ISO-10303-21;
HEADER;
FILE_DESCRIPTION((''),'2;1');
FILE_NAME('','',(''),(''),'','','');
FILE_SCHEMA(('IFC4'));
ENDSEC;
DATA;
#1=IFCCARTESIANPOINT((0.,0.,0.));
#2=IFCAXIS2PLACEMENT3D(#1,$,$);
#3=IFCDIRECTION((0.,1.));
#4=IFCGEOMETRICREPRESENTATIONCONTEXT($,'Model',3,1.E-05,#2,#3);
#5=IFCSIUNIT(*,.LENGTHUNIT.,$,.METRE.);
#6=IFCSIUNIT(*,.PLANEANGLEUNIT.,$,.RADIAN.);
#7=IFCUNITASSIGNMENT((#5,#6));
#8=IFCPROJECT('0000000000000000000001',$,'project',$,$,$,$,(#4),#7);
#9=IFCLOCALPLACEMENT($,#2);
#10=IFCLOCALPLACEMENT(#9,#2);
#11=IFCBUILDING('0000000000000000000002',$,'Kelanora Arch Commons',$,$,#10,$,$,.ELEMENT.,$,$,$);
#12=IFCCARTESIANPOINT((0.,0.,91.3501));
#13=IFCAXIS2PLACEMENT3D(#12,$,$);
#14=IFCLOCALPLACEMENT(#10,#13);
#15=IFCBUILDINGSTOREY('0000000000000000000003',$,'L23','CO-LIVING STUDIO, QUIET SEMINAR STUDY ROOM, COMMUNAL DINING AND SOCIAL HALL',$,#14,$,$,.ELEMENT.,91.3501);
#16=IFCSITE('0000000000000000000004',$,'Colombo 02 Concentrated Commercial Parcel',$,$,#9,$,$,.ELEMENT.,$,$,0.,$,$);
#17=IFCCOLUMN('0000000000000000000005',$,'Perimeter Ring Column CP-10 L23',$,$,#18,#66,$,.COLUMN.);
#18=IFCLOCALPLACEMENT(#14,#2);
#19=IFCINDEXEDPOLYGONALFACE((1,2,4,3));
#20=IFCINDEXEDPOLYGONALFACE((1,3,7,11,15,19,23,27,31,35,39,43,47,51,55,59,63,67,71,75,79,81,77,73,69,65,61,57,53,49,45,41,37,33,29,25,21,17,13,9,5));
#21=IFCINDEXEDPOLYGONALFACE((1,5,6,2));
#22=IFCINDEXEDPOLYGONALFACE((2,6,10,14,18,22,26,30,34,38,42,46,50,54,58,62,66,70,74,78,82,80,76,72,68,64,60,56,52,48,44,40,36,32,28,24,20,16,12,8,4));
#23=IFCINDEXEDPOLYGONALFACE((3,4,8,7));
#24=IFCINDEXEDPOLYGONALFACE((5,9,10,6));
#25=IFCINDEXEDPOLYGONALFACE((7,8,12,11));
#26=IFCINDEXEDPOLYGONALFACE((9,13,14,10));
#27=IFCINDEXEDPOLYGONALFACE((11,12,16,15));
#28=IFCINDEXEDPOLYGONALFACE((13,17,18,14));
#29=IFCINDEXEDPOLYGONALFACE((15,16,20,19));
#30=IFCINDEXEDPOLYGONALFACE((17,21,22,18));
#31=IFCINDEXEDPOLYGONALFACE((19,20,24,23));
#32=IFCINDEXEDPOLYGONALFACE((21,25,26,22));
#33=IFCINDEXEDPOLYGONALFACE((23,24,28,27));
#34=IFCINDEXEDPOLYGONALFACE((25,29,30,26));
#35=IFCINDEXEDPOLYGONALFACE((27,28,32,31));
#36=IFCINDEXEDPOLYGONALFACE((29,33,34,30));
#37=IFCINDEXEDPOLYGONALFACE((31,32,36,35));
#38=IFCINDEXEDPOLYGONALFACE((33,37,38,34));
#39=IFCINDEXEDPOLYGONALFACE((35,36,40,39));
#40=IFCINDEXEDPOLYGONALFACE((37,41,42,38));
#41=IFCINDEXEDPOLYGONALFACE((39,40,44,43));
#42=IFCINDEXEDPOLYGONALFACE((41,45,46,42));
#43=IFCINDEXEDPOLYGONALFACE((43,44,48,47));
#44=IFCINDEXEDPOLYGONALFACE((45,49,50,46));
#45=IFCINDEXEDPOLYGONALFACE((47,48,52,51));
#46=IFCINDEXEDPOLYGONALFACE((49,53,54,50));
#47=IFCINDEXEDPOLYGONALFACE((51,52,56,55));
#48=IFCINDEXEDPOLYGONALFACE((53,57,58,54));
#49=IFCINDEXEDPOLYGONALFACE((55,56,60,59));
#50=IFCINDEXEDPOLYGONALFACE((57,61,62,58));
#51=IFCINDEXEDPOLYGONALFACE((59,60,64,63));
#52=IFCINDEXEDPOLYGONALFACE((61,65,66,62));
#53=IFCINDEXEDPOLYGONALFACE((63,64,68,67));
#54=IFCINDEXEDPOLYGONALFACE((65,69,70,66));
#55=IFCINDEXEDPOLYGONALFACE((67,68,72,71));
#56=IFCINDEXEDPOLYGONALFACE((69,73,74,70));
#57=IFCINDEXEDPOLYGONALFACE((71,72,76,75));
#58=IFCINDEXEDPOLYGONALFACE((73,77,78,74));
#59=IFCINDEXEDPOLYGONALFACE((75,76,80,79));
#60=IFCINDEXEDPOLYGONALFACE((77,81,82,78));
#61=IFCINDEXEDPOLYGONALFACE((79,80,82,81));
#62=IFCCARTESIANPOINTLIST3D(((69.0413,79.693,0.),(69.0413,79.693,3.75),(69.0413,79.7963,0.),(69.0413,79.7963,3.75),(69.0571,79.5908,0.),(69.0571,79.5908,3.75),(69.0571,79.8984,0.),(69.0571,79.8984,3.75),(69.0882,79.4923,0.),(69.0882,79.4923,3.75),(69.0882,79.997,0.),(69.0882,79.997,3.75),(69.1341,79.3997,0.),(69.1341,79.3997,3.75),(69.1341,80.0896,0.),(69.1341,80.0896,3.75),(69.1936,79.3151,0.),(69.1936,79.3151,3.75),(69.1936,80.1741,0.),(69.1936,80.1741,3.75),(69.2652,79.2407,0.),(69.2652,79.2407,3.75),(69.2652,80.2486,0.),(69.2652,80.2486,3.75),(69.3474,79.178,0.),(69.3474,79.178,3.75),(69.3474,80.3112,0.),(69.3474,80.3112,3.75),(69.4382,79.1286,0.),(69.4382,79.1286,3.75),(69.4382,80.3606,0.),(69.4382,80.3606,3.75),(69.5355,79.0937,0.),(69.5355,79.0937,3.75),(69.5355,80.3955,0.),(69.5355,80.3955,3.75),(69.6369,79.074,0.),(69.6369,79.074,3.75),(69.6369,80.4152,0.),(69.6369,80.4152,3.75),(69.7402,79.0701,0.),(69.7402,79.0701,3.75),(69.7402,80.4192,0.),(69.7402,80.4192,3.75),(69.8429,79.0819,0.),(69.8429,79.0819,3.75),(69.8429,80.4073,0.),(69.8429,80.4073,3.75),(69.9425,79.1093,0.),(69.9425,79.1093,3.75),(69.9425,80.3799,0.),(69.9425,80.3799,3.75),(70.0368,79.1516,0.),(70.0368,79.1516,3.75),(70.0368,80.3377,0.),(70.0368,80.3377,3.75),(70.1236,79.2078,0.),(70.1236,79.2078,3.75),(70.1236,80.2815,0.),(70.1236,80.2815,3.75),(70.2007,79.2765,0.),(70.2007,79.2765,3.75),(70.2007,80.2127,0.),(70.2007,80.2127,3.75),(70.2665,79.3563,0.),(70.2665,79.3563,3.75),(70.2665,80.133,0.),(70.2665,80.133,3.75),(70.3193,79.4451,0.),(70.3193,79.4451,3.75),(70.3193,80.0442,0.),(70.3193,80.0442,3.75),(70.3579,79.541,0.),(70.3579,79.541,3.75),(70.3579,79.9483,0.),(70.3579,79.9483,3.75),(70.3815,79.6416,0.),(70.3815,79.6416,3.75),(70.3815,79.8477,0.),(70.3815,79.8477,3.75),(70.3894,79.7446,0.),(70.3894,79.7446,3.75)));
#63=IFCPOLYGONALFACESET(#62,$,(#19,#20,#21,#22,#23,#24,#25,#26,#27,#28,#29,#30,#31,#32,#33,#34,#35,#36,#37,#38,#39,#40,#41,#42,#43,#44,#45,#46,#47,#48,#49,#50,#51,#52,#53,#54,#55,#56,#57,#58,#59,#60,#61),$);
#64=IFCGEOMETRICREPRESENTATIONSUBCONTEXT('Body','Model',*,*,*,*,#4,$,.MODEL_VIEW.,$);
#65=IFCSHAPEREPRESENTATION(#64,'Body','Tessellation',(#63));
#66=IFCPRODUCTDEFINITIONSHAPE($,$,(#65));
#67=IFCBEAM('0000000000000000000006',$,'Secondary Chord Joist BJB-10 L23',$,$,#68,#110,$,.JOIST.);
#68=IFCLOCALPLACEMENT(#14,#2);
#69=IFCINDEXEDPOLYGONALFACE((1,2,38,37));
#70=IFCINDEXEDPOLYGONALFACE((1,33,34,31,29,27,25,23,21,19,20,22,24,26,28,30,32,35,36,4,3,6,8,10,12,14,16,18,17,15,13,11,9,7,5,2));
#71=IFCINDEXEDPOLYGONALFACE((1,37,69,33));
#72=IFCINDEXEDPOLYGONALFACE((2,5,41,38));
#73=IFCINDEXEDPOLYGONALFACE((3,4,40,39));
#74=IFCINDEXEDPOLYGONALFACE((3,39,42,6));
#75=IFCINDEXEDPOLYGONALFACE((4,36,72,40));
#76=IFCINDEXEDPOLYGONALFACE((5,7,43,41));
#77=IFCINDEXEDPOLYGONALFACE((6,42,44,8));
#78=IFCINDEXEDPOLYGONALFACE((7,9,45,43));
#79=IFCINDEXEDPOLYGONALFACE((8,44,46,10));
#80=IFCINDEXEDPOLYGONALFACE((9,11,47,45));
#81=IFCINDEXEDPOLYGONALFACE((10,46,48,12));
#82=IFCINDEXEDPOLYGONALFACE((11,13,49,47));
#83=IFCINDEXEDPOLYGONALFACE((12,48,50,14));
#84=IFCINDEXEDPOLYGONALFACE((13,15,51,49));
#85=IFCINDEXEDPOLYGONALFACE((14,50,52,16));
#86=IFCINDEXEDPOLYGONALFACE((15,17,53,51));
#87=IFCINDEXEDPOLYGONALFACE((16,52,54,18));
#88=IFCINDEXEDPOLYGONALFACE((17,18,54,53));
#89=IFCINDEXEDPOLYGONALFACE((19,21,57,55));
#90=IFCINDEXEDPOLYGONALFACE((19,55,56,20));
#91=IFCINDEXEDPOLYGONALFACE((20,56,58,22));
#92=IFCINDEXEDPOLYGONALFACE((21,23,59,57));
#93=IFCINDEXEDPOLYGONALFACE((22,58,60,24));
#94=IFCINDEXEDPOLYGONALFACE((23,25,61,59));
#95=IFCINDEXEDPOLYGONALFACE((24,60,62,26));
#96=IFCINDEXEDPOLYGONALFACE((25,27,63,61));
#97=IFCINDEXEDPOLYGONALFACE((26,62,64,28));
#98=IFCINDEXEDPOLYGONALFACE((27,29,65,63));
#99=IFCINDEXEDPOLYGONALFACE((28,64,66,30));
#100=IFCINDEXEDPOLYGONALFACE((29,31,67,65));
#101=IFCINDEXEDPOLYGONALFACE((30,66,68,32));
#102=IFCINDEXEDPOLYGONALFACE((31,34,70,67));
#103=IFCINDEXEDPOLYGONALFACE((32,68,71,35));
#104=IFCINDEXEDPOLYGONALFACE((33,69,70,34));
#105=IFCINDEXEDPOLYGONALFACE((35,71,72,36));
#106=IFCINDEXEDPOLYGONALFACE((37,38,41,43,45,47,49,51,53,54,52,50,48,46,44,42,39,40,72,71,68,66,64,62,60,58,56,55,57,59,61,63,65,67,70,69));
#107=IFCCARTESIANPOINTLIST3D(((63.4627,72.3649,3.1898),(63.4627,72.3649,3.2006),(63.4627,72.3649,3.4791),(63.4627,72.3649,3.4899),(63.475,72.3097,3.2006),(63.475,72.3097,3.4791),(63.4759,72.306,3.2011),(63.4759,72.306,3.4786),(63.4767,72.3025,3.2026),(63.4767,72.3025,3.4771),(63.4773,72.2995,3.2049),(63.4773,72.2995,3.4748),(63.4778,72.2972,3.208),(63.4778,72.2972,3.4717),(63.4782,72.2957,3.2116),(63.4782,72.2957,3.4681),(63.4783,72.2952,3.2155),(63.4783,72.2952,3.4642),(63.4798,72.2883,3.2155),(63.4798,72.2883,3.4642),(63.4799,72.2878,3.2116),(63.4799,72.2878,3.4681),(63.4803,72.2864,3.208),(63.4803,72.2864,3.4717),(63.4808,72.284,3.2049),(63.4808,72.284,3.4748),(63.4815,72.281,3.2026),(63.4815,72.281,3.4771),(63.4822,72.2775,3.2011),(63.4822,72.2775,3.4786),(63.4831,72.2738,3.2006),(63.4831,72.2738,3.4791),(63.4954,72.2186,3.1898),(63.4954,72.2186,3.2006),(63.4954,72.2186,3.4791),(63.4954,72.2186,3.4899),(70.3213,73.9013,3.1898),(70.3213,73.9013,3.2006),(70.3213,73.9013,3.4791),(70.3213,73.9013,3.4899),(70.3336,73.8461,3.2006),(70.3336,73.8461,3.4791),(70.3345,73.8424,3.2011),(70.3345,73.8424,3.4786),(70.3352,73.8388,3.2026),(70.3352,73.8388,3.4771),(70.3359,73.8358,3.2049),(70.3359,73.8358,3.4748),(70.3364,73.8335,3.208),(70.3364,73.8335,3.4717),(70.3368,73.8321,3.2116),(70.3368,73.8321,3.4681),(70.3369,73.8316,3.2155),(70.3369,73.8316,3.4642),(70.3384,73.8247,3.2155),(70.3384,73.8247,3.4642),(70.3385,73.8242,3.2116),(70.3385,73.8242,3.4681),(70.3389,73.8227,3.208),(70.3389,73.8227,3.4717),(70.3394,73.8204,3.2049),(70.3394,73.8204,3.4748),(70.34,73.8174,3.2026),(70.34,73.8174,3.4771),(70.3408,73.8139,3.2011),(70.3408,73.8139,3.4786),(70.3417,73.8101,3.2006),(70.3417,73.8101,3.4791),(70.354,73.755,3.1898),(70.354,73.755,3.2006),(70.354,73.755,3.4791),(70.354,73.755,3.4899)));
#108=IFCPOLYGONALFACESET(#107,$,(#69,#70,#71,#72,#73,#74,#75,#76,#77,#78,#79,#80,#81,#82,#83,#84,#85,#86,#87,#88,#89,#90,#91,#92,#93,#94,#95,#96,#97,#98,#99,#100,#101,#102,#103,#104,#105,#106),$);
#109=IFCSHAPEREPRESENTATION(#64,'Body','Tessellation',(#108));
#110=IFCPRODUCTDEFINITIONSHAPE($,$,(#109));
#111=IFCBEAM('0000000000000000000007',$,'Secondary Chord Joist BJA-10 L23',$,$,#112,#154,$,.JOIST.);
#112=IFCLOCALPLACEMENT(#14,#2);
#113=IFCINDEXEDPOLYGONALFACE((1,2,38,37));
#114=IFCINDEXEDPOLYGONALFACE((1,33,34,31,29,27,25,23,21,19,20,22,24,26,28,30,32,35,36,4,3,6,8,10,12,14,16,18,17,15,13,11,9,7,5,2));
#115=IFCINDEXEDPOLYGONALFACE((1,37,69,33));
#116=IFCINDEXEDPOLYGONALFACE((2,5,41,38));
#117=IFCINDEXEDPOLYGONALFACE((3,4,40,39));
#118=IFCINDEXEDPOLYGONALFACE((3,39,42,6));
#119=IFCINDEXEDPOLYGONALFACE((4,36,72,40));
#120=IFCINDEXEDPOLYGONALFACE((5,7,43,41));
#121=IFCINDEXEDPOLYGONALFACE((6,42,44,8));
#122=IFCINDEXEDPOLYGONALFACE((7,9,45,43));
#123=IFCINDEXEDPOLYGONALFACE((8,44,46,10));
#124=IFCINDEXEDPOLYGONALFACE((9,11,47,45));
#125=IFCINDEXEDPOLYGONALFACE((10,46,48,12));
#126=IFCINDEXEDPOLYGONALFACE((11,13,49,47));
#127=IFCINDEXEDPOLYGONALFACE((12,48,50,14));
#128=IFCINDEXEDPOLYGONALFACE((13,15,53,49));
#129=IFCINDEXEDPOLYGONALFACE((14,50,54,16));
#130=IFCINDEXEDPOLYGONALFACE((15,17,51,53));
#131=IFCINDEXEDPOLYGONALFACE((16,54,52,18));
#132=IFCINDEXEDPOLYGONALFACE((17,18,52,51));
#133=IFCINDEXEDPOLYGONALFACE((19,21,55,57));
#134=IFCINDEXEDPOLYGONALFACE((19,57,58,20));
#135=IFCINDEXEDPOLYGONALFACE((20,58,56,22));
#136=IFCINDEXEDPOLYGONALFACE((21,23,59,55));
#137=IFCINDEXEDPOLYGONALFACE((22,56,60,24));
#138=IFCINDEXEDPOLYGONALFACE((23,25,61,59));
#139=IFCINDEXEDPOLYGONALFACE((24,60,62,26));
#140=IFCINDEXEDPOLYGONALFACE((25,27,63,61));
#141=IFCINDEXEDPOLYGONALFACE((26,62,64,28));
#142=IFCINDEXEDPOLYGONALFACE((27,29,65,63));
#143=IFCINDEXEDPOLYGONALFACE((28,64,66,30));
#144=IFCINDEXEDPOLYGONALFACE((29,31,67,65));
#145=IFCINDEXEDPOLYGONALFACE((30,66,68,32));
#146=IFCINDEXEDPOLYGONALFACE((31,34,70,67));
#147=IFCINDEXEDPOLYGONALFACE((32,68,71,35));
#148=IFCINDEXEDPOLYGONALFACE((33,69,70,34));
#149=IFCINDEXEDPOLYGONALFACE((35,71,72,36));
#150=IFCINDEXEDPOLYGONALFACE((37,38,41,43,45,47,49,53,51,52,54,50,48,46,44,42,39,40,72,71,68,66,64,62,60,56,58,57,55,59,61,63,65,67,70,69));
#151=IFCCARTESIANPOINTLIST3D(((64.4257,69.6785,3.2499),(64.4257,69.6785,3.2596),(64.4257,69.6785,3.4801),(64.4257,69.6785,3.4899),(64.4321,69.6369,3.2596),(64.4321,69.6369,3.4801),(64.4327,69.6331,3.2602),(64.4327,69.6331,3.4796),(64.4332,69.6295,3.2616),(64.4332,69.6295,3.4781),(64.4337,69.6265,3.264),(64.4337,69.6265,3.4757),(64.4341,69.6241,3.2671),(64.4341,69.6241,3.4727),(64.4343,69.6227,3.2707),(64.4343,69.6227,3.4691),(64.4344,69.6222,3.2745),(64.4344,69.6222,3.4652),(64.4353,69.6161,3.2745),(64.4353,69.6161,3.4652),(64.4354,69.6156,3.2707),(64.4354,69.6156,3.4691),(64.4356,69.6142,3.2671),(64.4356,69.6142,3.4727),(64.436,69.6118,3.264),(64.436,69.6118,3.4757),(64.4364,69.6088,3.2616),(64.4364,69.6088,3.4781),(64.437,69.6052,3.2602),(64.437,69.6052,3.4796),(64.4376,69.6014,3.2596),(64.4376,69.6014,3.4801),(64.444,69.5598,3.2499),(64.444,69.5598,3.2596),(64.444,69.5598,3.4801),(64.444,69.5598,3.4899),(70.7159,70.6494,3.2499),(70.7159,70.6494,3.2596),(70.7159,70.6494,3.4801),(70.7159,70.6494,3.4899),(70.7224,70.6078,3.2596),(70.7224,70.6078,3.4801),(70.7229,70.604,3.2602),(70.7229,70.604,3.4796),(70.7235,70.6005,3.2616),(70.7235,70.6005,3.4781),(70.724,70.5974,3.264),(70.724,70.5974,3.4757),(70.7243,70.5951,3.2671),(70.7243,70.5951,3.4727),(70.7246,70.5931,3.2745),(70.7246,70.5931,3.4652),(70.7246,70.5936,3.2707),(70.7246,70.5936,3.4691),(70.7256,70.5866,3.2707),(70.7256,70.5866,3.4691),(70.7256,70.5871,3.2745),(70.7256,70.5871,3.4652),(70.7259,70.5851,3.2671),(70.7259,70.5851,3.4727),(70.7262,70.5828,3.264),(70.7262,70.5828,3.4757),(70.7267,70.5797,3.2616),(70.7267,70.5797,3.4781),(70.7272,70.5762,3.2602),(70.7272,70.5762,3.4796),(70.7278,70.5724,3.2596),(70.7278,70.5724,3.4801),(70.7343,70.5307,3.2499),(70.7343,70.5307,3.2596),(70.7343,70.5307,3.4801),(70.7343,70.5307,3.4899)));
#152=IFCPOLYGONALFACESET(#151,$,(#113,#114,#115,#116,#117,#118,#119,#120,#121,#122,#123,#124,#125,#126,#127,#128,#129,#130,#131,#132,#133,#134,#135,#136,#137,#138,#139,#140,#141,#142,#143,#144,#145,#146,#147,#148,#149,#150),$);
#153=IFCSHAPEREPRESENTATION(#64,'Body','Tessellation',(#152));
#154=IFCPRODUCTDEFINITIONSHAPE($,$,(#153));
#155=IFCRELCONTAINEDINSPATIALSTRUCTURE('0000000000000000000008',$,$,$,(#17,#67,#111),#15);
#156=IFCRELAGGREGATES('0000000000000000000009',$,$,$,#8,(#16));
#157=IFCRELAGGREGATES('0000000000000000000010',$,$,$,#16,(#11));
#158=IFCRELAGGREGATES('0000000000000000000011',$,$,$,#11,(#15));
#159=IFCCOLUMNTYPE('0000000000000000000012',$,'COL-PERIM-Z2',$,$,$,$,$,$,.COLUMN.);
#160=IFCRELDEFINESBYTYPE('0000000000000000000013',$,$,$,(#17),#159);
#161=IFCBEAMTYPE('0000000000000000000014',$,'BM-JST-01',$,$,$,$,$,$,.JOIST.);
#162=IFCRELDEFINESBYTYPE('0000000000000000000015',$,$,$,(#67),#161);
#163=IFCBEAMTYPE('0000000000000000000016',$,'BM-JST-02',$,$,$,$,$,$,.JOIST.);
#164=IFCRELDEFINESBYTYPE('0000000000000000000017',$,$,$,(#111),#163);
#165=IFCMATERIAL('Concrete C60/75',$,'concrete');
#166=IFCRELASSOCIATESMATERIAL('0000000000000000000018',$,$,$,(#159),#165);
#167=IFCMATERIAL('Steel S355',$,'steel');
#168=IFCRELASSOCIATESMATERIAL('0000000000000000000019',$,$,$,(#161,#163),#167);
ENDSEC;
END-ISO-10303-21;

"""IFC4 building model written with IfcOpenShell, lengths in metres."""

from ifc_helpers import new_model, si_unit, direction, frame, origin, origin_2d, place, context, subcontext, project, spatial, circle, i_section, extrude, material, material_profile, profile_set, type_object, element, save


model = new_model("IFC4")

# Units and contexts
model_context = context("Model", 3, precision=1e-05, world=origin(), true_north=direction((0.0, 1.0)))
body_context = subcontext(model_context, "Body", "Model", "MODEL_VIEW")
ifc_project = project(units=[si_unit("LENGTHUNIT", "METRE"), si_unit("PLANEANGLEUNIT", "RADIAN")], contexts=[model_context])

# Site, building, storey
site_placement = place(None, origin())
site = spatial("IfcSite", under=ifc_project, at=site_placement, Name="Colombo 02 Concentrated Commercial Parcel", CompositionType="ELEMENT", RefElevation=0.0)
building_placement = place(site_placement, origin())
building = spatial("IfcBuilding", under=site, at=building_placement, Name="Kelanora Arch Commons", CompositionType="ELEMENT")
storey_placement = place(building_placement, frame((0.0, 0.0, 91.3501)))
storey = spatial("IfcBuildingStorey", under=building, at=storey_placement, Name="L23", Description="CO-LIVING STUDIO, QUIET SEMINAR STUDY ROOM, COMMUNAL DINING AND SOCIAL HALL", CompositionType="ELEMENT", Elevation=91.3501)

# Column
ifc_material_1 = material(Name="Concrete C60/75", Category="concrete")
ifc_material_profile_1 = material_profile(ifc_material_1, circle(Radius=0.675, at=origin_2d()), Name="RCC1350")
ifc_profile_set_1 = profile_set([ifc_material_profile_1], Name="Concrete C60/75")
column_type = type_object("IfcColumnType", Name="COL-PERIM-Z2", PredefinedType="COLUMN", material=ifc_profile_set_1)
column_placement = place(storey_placement, frame((69.7144, 79.7446, 0.0), z_axis=(0.0, 0.0, 1.0), x_axis=(1.0, 0.0, 0.0)))
element("IfcColumn", 1, at=column_placement, inside=storey, type_object=column_type, Name="Perimeter Ring Column CP-10 L23", PredefinedType="COLUMN", context=body_context, shape_type="SweptSolid", body=[
    extrude(circle(Radius=0.675, at=origin_2d()), origin(), (0.0, 0.0, 1.0), 3.75),
])

# Beams
ifc_material_2 = material(Name="Steel S355", Category="steel")
ifc_material_profile_2 = material_profile(ifc_material_2, i_section(OverallWidth=0.1499, OverallDepth=0.3, WebThickness=0.0071, FlangeThickness=0.0107, FilletRadius=0.0149, at=origin_2d()), Name="IPE300")
ifc_profile_set_2 = profile_set([ifc_material_profile_2], Name="Steel S355")
beam_type_1 = type_object("IfcBeamType", Name="BM-JST-01", PredefinedType="JOIST", material=ifc_profile_set_2)
beam_1_placement = place(storey_placement, frame((70.3376, 73.8281, 3.3398), z_axis=(-0.975817, -0.218589, 0.0), x_axis=(0.218589, -0.975817, 0.0)))
element("IfcBeam", 2, at=beam_1_placement, inside=storey, type_object=beam_type_1, Name="Secondary Chord Joist BJB-10 L23", PredefinedType="JOIST", context=body_context, shape_type="SweptSolid", body=[
    extrude(i_section(OverallWidth=0.1499, OverallDepth=0.3, WebThickness=0.0071, FlangeThickness=0.0107, FilletRadius=0.0149, at=origin_2d()), origin(), (0.0, 0.0, 1.0), 7.0286),
])
ifc_material_profile_3 = material_profile(ifc_material_2, i_section(OverallWidth=0.1201, OverallDepth=0.24, WebThickness=0.0061, FlangeThickness=0.0098, FilletRadius=0.0149, at=origin_2d()), Name="IPE240")
ifc_profile_set_3 = profile_set([ifc_material_profile_3], Name="Steel S355")
beam_type_2 = type_object("IfcBeamType", Name="BM-JST-02", PredefinedType="JOIST", material=ifc_profile_set_3)
beam_2_placement = place(storey_placement, frame((70.7251, 70.5901, 3.3699), z_axis=(-0.988296, -0.15255, 0.0), x_axis=(0.15255, -0.988296, 0.0)))
element("IfcBeam", 3, at=beam_2_placement, inside=storey, type_object=beam_type_2, Name="Secondary Chord Joist BJA-10 L23", PredefinedType="JOIST", context=body_context, shape_type="SweptSolid", body=[
    extrude(i_section(OverallWidth=0.1201, OverallDepth=0.24, WebThickness=0.0061, FlangeThickness=0.0098, FilletRadius=0.0149, at=origin_2d()), origin(), (0.0, 0.0, 1.0), 6.3647),
])

save(model, "model.ifc")
